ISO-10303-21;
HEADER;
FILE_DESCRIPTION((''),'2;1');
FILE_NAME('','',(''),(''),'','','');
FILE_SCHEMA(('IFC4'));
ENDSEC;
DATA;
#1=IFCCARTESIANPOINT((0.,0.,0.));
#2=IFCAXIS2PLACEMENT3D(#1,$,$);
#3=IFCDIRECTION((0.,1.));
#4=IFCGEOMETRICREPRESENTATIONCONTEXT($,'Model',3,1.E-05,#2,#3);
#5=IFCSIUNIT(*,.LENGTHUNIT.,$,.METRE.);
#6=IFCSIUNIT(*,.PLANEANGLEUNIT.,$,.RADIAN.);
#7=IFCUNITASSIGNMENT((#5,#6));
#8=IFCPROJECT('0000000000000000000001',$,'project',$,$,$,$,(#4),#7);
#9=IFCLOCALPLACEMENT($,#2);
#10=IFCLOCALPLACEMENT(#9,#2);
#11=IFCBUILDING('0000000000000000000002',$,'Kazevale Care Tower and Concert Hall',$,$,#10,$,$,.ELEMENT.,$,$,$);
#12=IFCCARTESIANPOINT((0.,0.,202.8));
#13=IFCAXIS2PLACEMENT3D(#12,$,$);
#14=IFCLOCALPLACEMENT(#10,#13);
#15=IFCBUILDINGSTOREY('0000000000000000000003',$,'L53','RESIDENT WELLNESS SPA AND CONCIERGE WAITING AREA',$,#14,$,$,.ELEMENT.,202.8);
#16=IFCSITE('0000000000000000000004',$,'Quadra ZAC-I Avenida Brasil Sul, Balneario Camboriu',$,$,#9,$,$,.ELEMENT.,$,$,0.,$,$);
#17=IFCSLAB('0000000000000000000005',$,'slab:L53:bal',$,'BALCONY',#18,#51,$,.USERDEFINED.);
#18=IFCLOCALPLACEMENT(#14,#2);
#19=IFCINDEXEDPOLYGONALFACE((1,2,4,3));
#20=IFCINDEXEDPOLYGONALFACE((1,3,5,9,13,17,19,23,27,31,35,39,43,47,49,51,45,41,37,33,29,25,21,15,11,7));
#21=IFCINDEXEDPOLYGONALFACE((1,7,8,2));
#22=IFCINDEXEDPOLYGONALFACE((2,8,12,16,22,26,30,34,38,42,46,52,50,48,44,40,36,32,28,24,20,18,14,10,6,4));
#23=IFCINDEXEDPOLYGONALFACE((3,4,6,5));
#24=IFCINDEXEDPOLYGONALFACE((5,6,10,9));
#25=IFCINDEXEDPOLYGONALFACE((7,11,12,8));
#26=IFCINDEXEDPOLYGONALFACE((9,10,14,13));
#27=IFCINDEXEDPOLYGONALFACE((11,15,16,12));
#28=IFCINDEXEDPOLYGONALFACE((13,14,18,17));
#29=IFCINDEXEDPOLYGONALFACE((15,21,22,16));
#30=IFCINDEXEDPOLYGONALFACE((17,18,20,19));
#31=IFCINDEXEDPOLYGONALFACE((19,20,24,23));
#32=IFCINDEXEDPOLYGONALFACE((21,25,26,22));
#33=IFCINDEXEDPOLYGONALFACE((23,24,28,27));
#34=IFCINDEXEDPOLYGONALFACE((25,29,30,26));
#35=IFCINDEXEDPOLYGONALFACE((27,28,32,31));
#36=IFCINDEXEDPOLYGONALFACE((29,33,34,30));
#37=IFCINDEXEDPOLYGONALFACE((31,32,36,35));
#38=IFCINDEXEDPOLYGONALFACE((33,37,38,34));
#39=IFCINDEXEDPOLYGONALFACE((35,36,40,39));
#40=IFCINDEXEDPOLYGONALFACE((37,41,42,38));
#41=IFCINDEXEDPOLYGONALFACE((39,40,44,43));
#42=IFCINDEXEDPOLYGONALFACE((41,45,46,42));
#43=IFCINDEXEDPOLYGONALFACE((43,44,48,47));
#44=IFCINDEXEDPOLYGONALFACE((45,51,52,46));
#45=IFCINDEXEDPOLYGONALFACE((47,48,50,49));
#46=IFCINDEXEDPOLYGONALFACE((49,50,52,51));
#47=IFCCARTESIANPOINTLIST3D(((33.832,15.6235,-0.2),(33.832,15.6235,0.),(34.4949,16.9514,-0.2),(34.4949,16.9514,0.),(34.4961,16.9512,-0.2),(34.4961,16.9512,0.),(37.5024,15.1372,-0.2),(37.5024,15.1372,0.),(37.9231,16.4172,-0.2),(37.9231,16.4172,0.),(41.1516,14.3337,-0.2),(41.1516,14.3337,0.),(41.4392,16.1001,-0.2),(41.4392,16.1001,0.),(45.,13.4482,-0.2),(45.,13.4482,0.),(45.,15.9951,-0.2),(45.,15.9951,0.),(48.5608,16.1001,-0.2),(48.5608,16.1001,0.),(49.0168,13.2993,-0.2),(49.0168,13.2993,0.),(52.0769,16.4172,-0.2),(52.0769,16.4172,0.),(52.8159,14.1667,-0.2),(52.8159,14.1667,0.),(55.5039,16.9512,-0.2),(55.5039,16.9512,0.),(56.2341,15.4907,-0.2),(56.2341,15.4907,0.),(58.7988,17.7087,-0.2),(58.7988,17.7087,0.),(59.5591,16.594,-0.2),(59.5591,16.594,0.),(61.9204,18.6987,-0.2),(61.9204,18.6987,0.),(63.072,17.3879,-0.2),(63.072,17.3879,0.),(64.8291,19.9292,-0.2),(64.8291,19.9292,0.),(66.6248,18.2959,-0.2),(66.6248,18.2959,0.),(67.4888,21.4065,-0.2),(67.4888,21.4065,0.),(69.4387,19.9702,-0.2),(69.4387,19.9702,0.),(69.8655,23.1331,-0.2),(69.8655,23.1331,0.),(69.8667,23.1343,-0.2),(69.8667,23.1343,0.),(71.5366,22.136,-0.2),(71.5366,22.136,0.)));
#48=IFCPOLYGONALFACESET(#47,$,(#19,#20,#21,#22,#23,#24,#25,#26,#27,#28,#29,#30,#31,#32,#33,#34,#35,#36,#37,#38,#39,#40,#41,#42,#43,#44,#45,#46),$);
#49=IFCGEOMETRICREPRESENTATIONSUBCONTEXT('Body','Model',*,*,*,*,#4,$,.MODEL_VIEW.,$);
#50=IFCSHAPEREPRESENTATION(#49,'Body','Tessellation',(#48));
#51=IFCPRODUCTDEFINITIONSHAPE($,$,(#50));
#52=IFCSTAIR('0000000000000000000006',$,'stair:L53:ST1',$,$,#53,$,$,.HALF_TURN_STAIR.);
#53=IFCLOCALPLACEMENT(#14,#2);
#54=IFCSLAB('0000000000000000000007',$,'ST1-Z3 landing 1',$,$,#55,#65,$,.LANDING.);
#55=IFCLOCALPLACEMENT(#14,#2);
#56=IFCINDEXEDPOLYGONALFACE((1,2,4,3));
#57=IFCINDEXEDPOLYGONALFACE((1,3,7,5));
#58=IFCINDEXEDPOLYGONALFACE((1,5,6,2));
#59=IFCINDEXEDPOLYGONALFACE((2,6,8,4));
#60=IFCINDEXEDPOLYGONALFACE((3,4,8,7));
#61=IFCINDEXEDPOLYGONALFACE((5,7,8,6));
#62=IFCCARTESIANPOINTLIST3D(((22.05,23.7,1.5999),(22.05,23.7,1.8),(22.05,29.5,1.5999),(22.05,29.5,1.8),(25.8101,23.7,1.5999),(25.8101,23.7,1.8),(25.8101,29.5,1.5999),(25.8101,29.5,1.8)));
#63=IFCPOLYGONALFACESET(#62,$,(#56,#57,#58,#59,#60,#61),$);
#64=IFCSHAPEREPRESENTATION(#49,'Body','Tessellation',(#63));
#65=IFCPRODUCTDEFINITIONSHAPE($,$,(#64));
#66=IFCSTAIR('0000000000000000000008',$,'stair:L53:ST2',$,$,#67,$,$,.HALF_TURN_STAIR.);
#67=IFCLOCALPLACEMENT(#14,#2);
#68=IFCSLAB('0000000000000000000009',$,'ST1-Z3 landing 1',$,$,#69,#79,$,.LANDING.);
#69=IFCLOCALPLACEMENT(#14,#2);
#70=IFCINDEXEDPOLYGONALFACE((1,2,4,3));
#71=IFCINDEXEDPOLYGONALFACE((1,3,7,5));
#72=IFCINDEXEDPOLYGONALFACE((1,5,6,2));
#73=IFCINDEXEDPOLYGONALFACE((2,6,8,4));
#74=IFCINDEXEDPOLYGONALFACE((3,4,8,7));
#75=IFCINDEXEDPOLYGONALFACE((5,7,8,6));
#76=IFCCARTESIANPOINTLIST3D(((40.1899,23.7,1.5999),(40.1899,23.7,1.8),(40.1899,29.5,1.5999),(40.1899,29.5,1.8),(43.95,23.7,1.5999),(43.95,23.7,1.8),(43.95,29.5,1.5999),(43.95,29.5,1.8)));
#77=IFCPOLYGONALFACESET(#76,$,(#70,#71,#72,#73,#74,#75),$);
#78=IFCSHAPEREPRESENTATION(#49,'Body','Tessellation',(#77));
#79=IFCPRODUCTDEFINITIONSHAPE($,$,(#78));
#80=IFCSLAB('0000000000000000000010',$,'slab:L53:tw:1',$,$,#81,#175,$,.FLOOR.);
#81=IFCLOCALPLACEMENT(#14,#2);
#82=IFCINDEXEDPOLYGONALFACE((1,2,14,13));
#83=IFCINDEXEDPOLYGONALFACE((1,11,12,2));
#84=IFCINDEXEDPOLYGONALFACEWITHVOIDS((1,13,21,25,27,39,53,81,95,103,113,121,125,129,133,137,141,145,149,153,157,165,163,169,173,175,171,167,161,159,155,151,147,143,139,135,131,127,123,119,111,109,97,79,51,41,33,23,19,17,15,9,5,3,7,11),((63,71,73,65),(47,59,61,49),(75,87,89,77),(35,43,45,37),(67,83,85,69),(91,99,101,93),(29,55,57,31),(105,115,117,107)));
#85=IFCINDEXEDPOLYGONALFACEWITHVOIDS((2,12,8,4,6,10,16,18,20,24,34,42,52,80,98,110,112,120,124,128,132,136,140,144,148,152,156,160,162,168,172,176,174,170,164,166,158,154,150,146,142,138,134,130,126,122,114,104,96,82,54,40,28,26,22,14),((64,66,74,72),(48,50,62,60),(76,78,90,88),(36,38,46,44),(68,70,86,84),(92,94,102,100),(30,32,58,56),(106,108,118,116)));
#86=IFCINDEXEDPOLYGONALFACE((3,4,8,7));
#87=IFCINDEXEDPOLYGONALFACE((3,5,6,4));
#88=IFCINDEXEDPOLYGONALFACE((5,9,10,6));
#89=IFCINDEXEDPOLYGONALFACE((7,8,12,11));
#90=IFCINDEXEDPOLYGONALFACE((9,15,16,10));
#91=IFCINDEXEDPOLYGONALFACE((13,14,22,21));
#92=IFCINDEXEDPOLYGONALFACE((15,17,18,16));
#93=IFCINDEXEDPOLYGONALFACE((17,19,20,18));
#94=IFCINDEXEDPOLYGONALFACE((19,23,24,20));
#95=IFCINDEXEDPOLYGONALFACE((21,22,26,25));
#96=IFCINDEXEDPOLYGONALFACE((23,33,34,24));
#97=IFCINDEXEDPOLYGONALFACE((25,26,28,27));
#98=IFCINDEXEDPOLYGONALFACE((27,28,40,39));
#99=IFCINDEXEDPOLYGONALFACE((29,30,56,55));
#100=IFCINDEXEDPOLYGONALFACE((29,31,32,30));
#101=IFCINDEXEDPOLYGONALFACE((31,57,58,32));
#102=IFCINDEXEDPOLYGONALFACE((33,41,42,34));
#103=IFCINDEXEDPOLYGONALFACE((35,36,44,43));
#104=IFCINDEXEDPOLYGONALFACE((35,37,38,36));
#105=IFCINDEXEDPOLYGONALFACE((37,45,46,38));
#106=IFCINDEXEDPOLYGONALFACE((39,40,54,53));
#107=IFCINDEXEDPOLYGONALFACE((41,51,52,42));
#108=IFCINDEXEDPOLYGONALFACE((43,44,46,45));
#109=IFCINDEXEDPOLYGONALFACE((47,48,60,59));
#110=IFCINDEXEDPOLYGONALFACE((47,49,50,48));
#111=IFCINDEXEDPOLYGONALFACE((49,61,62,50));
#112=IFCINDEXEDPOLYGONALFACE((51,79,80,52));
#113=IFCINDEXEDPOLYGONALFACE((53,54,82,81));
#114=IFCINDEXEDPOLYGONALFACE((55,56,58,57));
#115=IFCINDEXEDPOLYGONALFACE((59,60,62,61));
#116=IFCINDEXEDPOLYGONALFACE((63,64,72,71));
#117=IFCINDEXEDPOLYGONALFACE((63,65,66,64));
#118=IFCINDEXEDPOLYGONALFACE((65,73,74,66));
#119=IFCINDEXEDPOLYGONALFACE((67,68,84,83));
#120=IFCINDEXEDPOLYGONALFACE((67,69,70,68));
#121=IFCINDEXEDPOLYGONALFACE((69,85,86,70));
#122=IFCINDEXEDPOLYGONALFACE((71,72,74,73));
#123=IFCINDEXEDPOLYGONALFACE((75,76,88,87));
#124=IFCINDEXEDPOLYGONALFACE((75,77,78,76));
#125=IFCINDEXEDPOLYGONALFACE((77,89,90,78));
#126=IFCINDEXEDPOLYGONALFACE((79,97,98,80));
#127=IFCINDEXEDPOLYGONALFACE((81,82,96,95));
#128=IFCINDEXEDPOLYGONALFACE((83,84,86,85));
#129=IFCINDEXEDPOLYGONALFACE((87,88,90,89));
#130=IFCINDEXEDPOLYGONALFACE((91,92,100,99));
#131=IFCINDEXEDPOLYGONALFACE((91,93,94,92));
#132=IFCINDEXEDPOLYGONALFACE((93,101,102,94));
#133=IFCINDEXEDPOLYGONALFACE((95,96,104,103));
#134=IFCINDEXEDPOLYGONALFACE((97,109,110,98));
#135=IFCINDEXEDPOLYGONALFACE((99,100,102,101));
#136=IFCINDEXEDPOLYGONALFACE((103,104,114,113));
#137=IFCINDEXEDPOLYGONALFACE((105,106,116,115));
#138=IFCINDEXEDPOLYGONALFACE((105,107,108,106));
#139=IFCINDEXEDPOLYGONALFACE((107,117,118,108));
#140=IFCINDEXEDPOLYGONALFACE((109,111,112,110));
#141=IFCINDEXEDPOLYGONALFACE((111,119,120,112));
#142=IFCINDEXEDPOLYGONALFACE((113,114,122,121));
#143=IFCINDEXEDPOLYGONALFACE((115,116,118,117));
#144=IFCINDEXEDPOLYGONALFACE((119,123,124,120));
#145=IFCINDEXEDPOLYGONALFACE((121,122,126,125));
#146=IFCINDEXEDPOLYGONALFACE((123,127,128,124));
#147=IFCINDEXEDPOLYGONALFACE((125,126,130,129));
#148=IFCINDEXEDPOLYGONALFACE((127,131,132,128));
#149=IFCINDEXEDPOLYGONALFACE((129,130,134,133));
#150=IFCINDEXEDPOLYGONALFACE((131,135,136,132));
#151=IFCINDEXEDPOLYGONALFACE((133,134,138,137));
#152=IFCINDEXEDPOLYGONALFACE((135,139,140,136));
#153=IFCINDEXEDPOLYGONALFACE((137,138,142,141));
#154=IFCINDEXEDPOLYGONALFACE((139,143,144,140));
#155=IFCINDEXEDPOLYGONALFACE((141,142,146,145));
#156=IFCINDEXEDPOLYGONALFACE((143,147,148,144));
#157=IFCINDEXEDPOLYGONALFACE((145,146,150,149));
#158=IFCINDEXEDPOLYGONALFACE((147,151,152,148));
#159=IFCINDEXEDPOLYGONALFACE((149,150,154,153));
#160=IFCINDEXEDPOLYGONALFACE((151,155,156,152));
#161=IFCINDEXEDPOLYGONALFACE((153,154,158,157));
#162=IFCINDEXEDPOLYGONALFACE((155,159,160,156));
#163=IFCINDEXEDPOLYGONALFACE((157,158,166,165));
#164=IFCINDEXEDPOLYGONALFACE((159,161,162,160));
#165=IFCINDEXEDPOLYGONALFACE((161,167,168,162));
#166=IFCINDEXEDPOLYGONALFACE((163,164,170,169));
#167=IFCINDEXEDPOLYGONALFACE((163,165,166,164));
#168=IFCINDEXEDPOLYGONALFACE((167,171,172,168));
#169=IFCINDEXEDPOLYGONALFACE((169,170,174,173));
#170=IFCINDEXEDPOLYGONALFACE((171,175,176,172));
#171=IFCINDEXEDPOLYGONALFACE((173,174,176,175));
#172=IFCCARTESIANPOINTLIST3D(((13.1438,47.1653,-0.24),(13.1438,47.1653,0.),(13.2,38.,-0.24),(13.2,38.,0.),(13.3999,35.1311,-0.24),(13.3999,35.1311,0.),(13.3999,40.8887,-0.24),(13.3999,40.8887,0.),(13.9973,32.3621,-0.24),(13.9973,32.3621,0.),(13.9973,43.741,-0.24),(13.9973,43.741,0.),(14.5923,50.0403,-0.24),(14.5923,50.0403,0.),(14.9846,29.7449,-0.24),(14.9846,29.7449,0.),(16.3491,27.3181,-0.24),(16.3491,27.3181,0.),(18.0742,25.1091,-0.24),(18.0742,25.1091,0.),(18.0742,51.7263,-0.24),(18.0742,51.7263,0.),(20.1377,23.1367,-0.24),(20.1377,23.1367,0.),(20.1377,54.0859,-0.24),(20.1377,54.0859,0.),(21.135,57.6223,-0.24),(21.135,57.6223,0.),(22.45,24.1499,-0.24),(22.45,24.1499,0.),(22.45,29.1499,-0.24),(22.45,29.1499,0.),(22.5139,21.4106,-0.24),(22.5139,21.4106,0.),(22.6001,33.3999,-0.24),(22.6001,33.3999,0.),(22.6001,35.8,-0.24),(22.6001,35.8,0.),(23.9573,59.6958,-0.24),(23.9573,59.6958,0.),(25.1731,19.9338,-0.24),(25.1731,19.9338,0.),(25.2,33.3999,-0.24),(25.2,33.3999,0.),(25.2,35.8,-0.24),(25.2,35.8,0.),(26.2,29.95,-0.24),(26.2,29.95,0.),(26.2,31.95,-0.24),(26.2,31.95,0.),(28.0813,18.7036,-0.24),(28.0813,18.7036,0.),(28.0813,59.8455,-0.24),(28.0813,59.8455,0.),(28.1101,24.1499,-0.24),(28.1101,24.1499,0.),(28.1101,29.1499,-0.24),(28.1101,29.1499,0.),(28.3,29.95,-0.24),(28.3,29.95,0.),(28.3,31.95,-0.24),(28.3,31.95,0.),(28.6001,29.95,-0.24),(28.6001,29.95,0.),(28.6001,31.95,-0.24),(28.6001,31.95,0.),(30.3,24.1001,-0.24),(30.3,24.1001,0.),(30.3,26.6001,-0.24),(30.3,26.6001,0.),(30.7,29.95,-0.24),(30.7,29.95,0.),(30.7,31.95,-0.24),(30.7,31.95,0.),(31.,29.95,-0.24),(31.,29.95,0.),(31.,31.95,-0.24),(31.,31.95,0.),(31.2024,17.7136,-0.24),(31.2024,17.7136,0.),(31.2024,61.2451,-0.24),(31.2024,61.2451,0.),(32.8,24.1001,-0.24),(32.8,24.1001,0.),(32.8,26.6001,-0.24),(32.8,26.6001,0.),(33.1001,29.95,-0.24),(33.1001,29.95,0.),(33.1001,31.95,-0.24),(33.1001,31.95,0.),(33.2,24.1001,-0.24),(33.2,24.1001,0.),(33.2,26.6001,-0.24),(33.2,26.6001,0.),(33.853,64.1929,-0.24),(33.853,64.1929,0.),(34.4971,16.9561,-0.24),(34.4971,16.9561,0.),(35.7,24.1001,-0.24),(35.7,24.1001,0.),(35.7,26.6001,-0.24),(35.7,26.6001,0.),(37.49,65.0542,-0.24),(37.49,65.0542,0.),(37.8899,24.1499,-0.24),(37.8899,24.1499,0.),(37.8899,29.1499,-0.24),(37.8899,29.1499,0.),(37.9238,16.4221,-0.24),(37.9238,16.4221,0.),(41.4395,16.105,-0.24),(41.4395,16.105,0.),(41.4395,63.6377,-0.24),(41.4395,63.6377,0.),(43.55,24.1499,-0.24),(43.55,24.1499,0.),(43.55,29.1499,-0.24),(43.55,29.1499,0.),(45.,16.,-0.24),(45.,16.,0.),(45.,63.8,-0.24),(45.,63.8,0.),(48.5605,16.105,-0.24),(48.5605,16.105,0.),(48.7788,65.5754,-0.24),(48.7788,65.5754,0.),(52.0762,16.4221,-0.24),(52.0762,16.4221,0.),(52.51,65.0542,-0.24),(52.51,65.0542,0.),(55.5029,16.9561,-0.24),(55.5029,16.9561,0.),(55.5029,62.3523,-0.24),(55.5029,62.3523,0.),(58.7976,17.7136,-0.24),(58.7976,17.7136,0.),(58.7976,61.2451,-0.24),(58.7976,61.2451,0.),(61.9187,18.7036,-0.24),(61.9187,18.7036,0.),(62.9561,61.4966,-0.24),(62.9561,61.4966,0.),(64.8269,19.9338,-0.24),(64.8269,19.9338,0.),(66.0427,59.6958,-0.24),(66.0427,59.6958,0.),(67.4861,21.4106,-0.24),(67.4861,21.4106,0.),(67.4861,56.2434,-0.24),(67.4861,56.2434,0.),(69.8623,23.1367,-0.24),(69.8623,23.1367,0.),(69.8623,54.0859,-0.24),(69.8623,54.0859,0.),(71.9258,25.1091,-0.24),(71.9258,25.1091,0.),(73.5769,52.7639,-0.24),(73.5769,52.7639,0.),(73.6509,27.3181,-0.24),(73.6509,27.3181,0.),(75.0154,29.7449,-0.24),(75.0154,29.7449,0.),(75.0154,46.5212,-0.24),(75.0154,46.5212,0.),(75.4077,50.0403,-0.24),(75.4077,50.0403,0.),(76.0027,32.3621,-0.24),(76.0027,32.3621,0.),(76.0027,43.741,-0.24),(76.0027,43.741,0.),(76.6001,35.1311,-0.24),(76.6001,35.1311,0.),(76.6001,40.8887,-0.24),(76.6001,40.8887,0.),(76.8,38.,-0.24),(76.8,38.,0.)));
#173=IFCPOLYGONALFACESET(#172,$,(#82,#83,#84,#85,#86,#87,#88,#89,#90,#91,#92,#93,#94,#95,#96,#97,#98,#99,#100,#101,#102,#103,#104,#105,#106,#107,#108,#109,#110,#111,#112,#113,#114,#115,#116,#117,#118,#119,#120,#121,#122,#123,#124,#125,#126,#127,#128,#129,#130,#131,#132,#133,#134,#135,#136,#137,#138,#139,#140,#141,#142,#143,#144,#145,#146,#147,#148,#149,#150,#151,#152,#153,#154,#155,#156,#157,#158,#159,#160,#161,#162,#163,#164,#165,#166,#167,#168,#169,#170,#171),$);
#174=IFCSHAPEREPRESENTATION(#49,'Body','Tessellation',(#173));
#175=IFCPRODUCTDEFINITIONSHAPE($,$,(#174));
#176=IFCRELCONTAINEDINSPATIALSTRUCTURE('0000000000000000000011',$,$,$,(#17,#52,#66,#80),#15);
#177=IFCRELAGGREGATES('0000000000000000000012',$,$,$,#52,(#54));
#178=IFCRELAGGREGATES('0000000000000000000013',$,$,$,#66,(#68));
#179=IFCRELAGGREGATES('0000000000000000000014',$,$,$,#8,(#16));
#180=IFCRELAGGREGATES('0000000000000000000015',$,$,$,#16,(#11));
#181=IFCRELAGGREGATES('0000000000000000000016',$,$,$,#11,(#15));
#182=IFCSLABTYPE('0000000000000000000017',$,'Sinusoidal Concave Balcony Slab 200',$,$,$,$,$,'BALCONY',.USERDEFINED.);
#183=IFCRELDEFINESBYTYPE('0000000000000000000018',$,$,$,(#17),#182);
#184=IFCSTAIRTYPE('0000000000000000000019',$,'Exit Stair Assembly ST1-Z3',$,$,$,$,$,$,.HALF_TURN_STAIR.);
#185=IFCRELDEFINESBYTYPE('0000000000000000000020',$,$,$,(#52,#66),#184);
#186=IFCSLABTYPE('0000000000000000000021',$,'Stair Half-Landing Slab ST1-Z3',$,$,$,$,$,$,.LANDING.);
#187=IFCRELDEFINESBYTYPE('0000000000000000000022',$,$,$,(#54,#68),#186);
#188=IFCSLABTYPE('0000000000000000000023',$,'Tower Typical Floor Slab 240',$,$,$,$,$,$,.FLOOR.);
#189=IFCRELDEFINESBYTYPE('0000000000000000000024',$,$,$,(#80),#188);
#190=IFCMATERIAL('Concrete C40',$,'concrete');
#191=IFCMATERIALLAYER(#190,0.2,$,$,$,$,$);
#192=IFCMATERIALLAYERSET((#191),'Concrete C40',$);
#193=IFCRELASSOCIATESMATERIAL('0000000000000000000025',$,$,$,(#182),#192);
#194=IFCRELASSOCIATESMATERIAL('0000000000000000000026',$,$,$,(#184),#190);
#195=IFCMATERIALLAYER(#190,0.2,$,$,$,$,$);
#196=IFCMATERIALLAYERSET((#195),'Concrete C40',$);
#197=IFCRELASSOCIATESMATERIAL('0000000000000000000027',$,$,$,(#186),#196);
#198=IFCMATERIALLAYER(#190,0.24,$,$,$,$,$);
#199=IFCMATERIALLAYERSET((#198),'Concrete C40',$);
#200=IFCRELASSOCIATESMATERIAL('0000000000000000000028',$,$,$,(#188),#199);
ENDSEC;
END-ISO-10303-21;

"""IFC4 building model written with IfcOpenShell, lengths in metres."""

from ifc_helpers import new_model, si_unit, direction, frame, origin, place, context, subcontext, project, spatial, polyline, outline, extrude, material, layer, layer_set, type_object, element, aggregate, save


model = new_model("IFC4")

# Units and contexts
model_context = context("Model", 3, precision=1e-05, world=origin(), true_north=direction((0.0, 1.0)))
body_context = subcontext(model_context, "Body", "Model", "MODEL_VIEW")
ifc_project = project(units=[si_unit("LENGTHUNIT", "METRE"), si_unit("PLANEANGLEUNIT", "RADIAN")], contexts=[model_context])

# Site, building, storey
site_placement = place(None, origin())
site = spatial("IfcSite", under=ifc_project, at=site_placement, Name="Quadra ZAC-I Avenida Brasil Sul, Balneario Camboriu", CompositionType="ELEMENT", RefElevation=0.0)
building_placement = place(site_placement, origin())
building = spatial("IfcBuilding", under=site, at=building_placement, Name="Kazevale Care Tower and Concert Hall", CompositionType="ELEMENT")
storey_placement = place(building_placement, frame((0.0, 0.0, 202.8)))
storey = spatial("IfcBuildingStorey", under=building, at=storey_placement, Name="L53", Description="RESIDENT WELLNESS SPA AND CONCIERGE WAITING AREA", CompositionType="ELEMENT", Elevation=202.8)

# Slab
ifc_material_1 = material(Name="Concrete C40", Category="concrete")
ifc_layer_1 = layer(ifc_material_1, 0.2)
ifc_layer_set_1 = layer_set([ifc_layer_1], Name="Concrete C40")
slab_type_1 = type_object("IfcSlabType", Name="Sinusoidal Concave Balcony Slab 200", ElementType="BALCONY", PredefinedType="USERDEFINED", material=ifc_layer_set_1)
slab_1_placement = place(storey_placement, frame((0.0, 0.0, -0.2)))
element("IfcSlab", 1, at=slab_1_placement, inside=storey, type_object=slab_type_1, Name="slab:L53:bal", ObjectType="BALCONY", PredefinedType="USERDEFINED", context=body_context, shape_type="SweptSolid", body=[
    extrude(outline(polyline([(71.5366, 22.136), (69.4387, 19.9702), (66.6248, 18.2959), (63.072, 17.3879), (59.5591, 16.594), (56.2341, 15.4907), (52.8159, 14.1667), (49.0168, 13.2993), (45.0, 13.4482), (41.1516, 14.3337), (37.5024, 15.1372), (33.832, 15.6235), (34.4949, 16.9514), (34.4961, 16.9512), (37.9231, 16.4172), (41.4392, 16.1001), (45.0, 15.9951), (48.5608, 16.1001), (52.0769, 16.4172), (55.5039, 16.9512), (58.7988, 17.7087), (61.9204, 18.6987), (64.8291, 19.9292), (67.4888, 21.4065), (69.8655, 23.1331), (69.8667, 23.1343), (71.5366, 22.136)])), origin(), (0.0, 0.0, 1.0), 0.2),
])

# Stairs, slabs
stair_type = type_object("IfcStairType", Name="Exit Stair Assembly ST1-Z3", PredefinedType="HALF_TURN_STAIR", material=ifc_material_1)
stair_1_placement = place(storey_placement, origin())
stair_1 = element("IfcStair", 2, at=stair_1_placement, inside=storey, type_object=stair_type, Name="stair:L53:ST1", PredefinedType="HALF_TURN_STAIR")
ifc_layer_2 = layer(ifc_material_1, 0.2)
ifc_layer_set_2 = layer_set([ifc_layer_2], Name="Concrete C40")
slab_type_2 = type_object("IfcSlabType", Name="Stair Half-Landing Slab ST1-Z3", PredefinedType="LANDING", material=ifc_layer_set_2)
slab_2_placement = place(storey_placement, frame((0.0, 0.0, 1.5999)))
slab_2 = element("IfcSlab", 3, at=slab_2_placement, type_object=slab_type_2, Name="ST1-Z3 landing 1", PredefinedType="LANDING", context=body_context, shape_type="SweptSolid", body=[
    extrude(outline(polyline([(22.05, 23.7), (25.8101, 23.7), (25.8101, 29.5), (22.05, 29.5), (22.05, 23.7)])), origin(), (0.0, 0.0, 1.0), 0.2002),
])
aggregate(stair_1, [slab_2])
stair_2_placement = place(storey_placement, origin())
stair_2 = element("IfcStair", 4, at=stair_2_placement, inside=storey, type_object=stair_type, Name="stair:L53:ST2", PredefinedType="HALF_TURN_STAIR")
slab_3_placement = place(storey_placement, frame((0.0, 0.0, 1.5999)))
slab_3 = element("IfcSlab", 5, at=slab_3_placement, type_object=slab_type_2, Name="ST1-Z3 landing 1", PredefinedType="LANDING", context=body_context, shape_type="SweptSolid", body=[
    extrude(outline(polyline([(40.1899, 23.7), (43.95, 23.7), (43.95, 29.5), (40.1899, 29.5), (40.1899, 23.7)])), origin(), (0.0, 0.0, 1.0), 0.2002),
])
aggregate(stair_2, [slab_3])

# Slab
ifc_layer_3 = layer(ifc_material_1, 0.24)
ifc_layer_set_3 = layer_set([ifc_layer_3], Name="Concrete C40")
slab_type_3 = type_object("IfcSlabType", Name="Tower Typical Floor Slab 240", PredefinedType="FLOOR", material=ifc_layer_set_3)
slab_4_placement = place(storey_placement, frame((0.0, 0.0, -0.24)))
element("IfcSlab", 6, at=slab_4_placement, inside=storey, type_object=slab_type_3, Name="slab:L53:tw:1", PredefinedType="FLOOR", context=body_context, shape_type="SweptSolid", body=[
    extrude(outline(polyline([(76.8, 38.0), (76.6001, 40.8887), (76.0027, 43.741), (75.0154, 46.5212), (75.4077, 50.0403), (73.5769, 52.7639), (69.8623, 54.0859), (67.4861, 56.2434), (66.0427, 59.6958), (62.9561, 61.4966), (58.7976, 61.2451), (55.5029, 62.3523), (52.51, 65.0542), (48.7788, 65.5754), (45.0, 63.8), (41.4395, 63.6377), (37.49, 65.0542), (33.853, 64.1929), (31.2024, 61.2451), (28.0813, 59.8455), (23.9573, 59.6958), (21.135, 57.6223), (20.1377, 54.0859), (18.0742, 51.7263), (14.5923, 50.0403), (13.1438, 47.1653), (13.9973, 43.741), (13.3999, 40.8887), (13.2, 38.0), (13.3999, 35.1311), (13.9973, 32.3621), (14.9846, 29.7449), (16.3491, 27.3181), (18.0742, 25.1091), (20.1377, 23.1367), (22.5139, 21.4106), (25.1731, 19.9338), (28.0813, 18.7036), (31.2024, 17.7136), (34.4971, 16.9561), (37.9238, 16.4221), (41.4395, 16.105), (45.0, 16.0), (48.5605, 16.105), (52.0762, 16.4221), (55.5029, 16.9561), (58.7976, 17.7136), (61.9187, 18.7036), (64.8269, 19.9338), (67.4861, 21.4106), (69.8623, 23.1367), (71.9258, 25.1091), (73.6509, 27.3181), (75.0154, 29.7449), (76.0027, 32.3621), (76.6001, 35.1311), (76.8, 38.0)]), holes=[polyline([(22.45, 24.1499), (28.1101, 24.1499), (28.1101, 29.1499), (22.45, 29.1499), (22.45, 24.1499)]), polyline([(37.8899, 24.1499), (43.55, 24.1499), (43.55, 29.1499), (37.8899, 29.1499), (37.8899, 24.1499)]), polyline([(30.3, 24.1001), (32.8, 24.1001), (32.8, 26.6001), (30.3, 26.6001), (30.3, 24.1001)]), polyline([(33.2, 24.1001), (35.7, 24.1001), (35.7, 26.6001), (33.2, 26.6001), (33.2, 24.1001)]), polyline([(22.6001, 33.3999), (25.2, 33.3999), (25.2, 35.8), (22.6001, 35.8), (22.6001, 33.3999)]), polyline([(26.2, 29.95), (28.3, 29.95), (28.3, 31.95), (26.2, 31.95), (26.2, 29.95)]), polyline([(28.6001, 29.95), (30.7, 29.95), (30.7, 31.95), (28.6001, 31.95), (28.6001, 29.95)]), polyline([(31.0, 29.95), (33.1001, 29.95), (33.1001, 31.95), (31.0, 31.95), (31.0, 29.95)])]), origin(), (0.0, 0.0, 1.0), 0.24),
])

save(model, "model.ifc")
